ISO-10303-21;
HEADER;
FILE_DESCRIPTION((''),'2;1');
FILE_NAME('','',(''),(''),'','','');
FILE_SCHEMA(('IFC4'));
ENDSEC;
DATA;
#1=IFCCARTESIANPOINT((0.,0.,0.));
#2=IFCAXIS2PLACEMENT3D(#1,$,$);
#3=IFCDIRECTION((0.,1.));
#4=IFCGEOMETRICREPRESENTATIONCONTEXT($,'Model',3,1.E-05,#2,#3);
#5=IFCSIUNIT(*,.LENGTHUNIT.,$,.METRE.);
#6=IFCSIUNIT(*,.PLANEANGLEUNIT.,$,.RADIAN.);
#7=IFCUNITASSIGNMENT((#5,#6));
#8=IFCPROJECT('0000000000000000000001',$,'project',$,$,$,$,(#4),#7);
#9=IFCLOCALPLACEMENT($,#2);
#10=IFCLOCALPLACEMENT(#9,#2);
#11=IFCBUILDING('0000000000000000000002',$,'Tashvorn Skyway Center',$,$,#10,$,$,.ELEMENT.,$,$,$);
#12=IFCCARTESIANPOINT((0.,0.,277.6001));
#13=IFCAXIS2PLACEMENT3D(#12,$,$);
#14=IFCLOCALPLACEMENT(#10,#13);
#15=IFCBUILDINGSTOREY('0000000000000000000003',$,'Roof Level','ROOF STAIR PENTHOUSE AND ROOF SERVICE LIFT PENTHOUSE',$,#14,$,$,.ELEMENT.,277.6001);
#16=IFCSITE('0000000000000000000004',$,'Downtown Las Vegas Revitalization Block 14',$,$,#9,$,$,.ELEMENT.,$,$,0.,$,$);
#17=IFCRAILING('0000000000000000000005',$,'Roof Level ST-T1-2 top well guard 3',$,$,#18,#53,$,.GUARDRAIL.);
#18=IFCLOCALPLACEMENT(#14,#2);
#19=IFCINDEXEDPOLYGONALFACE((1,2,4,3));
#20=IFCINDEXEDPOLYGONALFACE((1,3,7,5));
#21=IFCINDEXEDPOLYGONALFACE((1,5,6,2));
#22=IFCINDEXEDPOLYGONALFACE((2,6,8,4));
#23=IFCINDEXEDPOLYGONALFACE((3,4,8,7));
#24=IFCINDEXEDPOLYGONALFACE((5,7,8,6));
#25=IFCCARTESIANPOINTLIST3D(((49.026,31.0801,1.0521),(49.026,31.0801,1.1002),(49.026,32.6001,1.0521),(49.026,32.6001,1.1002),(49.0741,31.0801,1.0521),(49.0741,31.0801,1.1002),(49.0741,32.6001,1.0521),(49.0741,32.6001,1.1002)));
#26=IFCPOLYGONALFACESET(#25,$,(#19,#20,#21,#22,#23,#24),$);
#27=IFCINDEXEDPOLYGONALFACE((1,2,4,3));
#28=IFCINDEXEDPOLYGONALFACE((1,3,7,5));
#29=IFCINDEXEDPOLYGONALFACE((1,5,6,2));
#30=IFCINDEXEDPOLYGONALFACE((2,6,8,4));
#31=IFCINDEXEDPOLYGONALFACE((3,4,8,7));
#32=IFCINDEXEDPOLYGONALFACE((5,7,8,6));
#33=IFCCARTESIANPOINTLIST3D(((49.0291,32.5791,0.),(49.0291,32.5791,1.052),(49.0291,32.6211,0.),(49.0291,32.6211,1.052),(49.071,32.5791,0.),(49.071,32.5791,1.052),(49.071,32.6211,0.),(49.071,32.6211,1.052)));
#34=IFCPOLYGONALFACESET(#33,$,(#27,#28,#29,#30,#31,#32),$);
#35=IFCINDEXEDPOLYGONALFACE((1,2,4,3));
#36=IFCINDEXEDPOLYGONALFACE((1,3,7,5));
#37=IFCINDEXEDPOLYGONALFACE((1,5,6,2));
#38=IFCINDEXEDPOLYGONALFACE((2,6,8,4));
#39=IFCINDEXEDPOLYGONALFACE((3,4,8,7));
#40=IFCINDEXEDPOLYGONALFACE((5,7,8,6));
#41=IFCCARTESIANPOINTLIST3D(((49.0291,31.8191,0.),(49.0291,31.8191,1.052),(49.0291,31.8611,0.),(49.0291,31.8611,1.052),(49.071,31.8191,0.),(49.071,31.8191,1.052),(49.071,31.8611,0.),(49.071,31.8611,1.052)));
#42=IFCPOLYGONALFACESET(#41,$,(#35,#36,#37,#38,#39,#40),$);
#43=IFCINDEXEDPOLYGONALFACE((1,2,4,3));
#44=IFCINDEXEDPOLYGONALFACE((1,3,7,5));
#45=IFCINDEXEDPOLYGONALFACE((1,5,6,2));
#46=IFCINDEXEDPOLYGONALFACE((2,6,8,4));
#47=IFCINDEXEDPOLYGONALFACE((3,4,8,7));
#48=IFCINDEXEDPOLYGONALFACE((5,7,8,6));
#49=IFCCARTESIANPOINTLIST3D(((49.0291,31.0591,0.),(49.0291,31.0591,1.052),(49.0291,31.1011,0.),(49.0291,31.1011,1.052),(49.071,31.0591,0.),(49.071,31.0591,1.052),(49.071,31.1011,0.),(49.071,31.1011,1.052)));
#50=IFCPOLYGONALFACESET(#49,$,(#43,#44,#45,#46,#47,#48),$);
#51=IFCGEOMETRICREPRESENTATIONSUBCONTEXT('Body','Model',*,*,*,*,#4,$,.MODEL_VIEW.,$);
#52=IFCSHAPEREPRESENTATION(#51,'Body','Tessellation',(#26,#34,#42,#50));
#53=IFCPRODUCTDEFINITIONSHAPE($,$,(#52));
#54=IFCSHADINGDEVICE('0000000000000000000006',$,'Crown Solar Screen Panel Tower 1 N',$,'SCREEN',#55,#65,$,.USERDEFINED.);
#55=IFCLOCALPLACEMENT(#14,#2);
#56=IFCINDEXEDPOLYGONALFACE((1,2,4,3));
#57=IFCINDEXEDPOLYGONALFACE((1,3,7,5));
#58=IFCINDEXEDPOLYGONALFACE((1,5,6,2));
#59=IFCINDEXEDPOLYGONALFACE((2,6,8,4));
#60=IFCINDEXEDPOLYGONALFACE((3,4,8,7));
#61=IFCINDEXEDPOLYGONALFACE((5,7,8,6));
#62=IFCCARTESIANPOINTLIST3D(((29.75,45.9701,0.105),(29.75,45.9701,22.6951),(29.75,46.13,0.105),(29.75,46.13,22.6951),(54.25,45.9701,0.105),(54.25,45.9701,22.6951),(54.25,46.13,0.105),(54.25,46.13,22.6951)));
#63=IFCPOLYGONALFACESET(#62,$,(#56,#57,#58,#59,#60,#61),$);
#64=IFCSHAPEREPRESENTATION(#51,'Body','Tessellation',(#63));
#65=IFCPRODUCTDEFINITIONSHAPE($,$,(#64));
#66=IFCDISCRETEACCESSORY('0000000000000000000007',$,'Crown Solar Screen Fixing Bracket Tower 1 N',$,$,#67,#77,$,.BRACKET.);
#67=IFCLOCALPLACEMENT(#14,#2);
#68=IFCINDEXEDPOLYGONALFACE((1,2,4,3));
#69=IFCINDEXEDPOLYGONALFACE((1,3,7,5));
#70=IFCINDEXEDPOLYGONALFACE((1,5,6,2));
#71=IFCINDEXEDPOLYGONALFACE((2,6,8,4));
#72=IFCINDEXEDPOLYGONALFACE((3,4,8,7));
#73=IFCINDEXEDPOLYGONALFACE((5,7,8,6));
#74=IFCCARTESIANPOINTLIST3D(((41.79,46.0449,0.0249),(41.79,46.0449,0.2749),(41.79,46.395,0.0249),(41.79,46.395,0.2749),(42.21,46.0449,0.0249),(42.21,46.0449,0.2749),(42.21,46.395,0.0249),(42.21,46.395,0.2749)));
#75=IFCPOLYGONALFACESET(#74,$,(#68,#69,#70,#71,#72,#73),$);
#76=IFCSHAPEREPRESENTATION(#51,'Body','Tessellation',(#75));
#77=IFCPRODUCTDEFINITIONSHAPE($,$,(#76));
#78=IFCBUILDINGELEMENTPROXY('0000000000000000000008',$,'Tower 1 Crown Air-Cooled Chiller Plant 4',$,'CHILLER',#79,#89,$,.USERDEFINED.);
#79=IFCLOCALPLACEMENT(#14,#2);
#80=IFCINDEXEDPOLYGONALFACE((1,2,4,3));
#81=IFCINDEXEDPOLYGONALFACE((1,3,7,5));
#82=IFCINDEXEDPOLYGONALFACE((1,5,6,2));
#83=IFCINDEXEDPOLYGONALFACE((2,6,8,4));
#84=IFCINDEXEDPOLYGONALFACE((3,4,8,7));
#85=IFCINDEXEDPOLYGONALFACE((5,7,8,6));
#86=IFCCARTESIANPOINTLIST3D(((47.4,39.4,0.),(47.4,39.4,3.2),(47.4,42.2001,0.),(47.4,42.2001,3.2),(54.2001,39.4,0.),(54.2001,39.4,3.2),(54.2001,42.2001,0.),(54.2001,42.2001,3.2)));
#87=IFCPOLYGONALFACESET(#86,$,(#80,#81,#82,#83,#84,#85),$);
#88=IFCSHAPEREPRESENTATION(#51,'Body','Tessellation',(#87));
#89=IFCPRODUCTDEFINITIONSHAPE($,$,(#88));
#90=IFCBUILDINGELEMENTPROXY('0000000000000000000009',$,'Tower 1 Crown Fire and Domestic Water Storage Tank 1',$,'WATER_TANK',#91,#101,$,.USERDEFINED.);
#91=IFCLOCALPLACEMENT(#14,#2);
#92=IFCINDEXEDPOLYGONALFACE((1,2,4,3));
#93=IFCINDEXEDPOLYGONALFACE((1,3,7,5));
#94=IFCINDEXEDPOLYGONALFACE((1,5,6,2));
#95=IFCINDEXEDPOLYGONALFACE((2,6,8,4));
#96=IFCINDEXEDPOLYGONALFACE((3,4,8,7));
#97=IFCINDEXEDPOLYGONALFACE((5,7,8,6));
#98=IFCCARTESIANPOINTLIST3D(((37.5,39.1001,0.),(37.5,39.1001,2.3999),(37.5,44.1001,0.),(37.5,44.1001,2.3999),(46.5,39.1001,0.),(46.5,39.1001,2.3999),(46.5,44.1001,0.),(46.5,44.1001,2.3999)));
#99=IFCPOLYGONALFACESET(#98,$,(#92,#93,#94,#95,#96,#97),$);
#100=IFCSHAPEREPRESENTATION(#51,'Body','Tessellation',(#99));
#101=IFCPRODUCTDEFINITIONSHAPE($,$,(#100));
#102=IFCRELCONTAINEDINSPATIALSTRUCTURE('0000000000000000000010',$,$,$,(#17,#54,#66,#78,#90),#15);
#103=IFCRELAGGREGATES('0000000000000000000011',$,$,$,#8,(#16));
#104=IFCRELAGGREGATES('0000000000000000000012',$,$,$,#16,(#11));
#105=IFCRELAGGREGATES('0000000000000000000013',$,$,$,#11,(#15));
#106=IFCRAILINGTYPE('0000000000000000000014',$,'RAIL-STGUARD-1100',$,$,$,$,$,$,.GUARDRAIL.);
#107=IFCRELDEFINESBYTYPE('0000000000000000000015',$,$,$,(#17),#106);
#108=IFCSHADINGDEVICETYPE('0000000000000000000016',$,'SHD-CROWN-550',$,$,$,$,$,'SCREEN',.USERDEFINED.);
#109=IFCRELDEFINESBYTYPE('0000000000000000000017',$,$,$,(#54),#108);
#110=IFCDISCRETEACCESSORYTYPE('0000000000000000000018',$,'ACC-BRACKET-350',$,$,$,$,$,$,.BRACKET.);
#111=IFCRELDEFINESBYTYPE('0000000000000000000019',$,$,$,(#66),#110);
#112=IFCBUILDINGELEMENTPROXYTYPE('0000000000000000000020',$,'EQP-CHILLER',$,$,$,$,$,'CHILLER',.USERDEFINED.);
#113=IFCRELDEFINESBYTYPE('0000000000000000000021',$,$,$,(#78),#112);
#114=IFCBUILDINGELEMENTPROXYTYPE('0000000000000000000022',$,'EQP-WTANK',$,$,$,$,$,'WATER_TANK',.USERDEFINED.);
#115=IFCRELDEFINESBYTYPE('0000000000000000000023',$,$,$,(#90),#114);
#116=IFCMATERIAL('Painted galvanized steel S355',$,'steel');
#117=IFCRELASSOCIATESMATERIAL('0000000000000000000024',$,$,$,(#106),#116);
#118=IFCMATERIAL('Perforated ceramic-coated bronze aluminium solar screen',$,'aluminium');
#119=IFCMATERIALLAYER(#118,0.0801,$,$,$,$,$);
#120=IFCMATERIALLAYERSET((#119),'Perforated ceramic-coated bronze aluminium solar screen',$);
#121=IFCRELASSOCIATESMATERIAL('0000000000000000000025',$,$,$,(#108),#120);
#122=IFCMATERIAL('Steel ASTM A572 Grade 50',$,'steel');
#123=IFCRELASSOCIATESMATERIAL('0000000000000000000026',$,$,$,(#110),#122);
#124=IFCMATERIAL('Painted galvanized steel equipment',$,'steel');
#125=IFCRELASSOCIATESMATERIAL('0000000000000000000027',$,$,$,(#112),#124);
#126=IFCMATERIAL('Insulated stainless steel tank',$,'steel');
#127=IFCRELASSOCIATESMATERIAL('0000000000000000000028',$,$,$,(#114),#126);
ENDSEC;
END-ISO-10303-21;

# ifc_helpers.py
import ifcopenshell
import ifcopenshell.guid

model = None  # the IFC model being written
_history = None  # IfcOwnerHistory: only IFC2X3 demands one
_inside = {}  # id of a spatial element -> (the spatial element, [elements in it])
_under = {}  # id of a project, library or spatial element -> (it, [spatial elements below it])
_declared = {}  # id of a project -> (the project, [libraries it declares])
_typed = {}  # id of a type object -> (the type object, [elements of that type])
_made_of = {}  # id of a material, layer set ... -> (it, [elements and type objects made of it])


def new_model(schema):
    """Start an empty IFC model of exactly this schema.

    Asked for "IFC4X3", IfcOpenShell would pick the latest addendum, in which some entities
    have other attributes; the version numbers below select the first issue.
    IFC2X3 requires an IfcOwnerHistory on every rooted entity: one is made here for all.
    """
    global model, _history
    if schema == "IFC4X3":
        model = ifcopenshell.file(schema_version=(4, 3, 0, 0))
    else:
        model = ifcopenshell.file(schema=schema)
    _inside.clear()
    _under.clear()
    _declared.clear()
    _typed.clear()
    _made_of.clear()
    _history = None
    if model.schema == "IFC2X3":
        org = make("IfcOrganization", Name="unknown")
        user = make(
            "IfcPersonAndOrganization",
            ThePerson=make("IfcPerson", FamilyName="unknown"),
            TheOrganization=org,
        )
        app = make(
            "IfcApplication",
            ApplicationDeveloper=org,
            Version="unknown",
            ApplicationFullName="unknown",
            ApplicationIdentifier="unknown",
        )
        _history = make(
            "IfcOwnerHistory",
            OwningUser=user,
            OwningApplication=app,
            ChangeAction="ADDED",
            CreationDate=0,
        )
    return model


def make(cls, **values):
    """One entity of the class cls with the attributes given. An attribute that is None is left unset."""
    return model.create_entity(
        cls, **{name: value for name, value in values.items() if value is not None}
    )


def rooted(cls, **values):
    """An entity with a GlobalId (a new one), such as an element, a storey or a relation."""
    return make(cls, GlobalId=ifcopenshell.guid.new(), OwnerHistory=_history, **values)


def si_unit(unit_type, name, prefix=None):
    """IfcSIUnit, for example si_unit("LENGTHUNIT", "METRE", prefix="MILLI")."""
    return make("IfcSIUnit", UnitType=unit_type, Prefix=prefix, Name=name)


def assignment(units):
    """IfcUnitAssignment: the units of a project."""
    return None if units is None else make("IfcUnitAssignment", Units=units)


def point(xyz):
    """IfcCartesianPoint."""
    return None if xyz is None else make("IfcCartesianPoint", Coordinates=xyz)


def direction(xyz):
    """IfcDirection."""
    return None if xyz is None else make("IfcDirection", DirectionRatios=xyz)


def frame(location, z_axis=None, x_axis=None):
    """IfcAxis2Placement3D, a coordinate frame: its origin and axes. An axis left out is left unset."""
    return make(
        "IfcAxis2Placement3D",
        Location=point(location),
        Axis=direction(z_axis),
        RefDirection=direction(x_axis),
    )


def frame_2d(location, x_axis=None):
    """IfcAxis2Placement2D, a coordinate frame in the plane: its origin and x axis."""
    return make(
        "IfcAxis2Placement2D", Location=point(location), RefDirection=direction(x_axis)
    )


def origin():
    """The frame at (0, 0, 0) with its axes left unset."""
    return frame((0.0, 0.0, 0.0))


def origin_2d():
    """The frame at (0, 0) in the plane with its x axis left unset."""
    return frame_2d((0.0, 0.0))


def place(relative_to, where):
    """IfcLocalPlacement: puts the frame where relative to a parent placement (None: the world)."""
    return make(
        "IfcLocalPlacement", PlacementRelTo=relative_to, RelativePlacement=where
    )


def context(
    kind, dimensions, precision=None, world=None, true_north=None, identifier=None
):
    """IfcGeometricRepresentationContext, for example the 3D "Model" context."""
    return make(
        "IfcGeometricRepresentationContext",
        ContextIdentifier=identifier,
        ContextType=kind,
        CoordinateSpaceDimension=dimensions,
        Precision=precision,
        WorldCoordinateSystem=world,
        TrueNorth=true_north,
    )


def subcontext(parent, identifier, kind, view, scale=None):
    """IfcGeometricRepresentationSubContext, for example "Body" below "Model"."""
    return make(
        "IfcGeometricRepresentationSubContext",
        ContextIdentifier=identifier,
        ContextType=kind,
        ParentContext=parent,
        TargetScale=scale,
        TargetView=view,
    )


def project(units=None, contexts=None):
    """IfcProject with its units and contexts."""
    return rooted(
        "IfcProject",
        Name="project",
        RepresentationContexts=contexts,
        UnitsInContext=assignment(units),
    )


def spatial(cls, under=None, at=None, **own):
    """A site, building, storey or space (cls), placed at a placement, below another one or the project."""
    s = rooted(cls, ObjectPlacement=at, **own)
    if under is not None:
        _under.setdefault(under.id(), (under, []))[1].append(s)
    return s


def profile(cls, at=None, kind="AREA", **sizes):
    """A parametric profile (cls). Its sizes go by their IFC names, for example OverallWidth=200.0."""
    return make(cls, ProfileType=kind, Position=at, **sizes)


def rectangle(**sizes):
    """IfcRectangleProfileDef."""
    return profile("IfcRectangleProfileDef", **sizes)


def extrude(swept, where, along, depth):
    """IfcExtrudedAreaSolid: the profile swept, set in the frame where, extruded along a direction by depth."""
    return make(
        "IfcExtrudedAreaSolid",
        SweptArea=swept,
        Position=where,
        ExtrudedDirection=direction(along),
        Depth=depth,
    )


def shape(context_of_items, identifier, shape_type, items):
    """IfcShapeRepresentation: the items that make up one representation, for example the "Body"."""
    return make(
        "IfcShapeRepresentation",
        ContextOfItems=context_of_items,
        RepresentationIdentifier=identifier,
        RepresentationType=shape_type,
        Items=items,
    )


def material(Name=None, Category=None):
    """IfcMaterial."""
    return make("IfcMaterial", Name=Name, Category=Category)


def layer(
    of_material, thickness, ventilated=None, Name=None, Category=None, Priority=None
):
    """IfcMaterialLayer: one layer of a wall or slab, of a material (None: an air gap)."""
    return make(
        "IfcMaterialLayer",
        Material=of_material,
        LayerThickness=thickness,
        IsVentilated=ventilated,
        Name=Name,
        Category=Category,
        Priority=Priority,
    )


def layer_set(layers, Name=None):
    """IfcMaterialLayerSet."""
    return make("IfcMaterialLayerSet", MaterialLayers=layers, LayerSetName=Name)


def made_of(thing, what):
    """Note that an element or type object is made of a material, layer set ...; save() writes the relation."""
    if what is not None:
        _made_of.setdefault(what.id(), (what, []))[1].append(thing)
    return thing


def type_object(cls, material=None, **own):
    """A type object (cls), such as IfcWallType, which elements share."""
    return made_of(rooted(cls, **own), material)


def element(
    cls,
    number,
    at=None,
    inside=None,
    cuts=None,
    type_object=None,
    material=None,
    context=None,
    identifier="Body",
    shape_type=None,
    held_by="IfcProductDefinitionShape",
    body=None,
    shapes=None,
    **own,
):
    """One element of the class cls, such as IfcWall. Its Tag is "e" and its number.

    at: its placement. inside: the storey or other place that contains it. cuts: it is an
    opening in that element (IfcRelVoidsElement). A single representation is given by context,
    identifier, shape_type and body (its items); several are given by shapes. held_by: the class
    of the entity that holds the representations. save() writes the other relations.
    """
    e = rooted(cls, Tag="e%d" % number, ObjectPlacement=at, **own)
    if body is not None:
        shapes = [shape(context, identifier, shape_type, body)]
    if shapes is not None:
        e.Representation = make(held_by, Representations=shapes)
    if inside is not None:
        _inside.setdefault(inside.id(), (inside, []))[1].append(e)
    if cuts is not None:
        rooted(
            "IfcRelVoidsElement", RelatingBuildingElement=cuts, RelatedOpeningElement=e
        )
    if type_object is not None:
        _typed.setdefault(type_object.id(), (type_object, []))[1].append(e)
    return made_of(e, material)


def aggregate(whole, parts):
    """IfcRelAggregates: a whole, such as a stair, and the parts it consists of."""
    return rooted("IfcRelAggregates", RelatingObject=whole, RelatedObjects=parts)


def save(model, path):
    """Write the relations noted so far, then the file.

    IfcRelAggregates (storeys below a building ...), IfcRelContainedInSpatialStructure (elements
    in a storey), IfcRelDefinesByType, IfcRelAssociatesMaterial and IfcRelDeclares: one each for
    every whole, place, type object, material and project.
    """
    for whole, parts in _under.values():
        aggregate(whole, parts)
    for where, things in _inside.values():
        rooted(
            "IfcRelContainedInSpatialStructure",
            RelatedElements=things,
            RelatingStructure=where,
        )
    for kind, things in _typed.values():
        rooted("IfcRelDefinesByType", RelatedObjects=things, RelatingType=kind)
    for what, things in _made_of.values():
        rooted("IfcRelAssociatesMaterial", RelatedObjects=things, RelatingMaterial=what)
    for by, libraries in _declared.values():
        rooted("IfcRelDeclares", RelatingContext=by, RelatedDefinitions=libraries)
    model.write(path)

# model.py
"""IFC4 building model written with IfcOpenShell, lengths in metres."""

from ifc_helpers import new_model, si_unit, direction, frame, origin, origin_2d, place, context, subcontext, project, spatial, rectangle, extrude, material, layer, layer_set, type_object, element, save


model = new_model("IFC4")

# Units and contexts
model_context = context("Model", 3, precision=1e-05, world=origin(), true_north=direction((0.0, 1.0)))
body_context = subcontext(model_context, "Body", "Model", "MODEL_VIEW")
ifc_project = project(units=[si_unit("LENGTHUNIT", "METRE"), si_unit("PLANEANGLEUNIT", "RADIAN")], contexts=[model_context])

# Site, building, storey
site_placement = place(None, origin())
site = spatial("IfcSite", under=ifc_project, at=site_placement, Name="Downtown Las Vegas Revitalization Block 14", CompositionType="ELEMENT", RefElevation=0.0)
building_placement = place(site_placement, origin())
building = spatial("IfcBuilding", under=site, at=building_placement, Name="Tashvorn Skyway Center", CompositionType="ELEMENT")
storey_placement = place(building_placement, frame((0.0, 0.0, 277.6001)))
storey = spatial("IfcBuildingStorey", under=building, at=storey_placement, Name="Roof Level", Description="ROOF STAIR PENTHOUSE AND ROOF SERVICE LIFT PENTHOUSE", CompositionType="ELEMENT", Elevation=277.6001)

# Shared definitions
ifc_material_1 = material(Name="Steel ASTM A572 Grade 50", Category="steel")

# Shared definitions
ifc_material_2 = material(Name="Perforated ceramic-coated bronze aluminium solar screen", Category="aluminium")

# Railing
ifc_material_3 = material(Name="Painted galvanized steel S355", Category="steel")
railing_type_1 = type_object("IfcRailingType", Name="RAIL-STGUARD-1100", PredefinedType="GUARDRAIL", material=ifc_material_3)
railing_1_placement = place(storey_placement, frame((49.05, 32.6001, 0.0)))
element("IfcRailing", 1, at=railing_1_placement, inside=storey, type_object=railing_type_1, Name="Roof Level ST-T1-2 top well guard 3", PredefinedType="GUARDRAIL", context=body_context, shape_type="SweptSolid", body=[
    extrude(rectangle(XDim=0.0481, YDim=0.0481, at=origin_2d()), frame((0.0, 0.0, 1.0762), z_axis=(0.0, -1.0, 0.0), x_axis=(1.0, 0.0, 0.0)), (0.0, 0.0, 1.0), 1.52),
    extrude(rectangle(XDim=0.042, YDim=0.042, at=origin_2d()), origin(), (0.0, 0.0, 1.0), 1.052),
    extrude(rectangle(XDim=0.042, YDim=0.042, at=origin_2d()), frame((0.0, -0.76, 0.0)), (0.0, 0.0, 1.0), 1.052),
    extrude(rectangle(XDim=0.042, YDim=0.042, at=origin_2d()), frame((0.0, -1.52, 0.0)), (0.0, 0.0, 1.0), 1.052),
])

# Shading device
ifc_layer_1 = layer(ifc_material_2, 0.0801)
ifc_layer_set_1 = layer_set([ifc_layer_1], Name="Perforated ceramic-coated bronze aluminium solar screen")
shading_device_type = type_object("IfcShadingDeviceType", Name="SHD-CROWN-550", ElementType="SCREEN", PredefinedType="USERDEFINED", material=ifc_layer_set_1)
shading_device_placement = place(storey_placement, frame((42.0, 46.05, 0.105), z_axis=(0.0, 0.0, 1.0), x_axis=(-1.0, 0.0, 0.0)))
element("IfcShadingDevice", 2, at=shading_device_placement, inside=storey, type_object=shading_device_type, Name="Crown Solar Screen Panel Tower 1 N", ObjectType="SCREEN", PredefinedType="USERDEFINED", context=body_context, shape_type="SweptSolid", body=[
    extrude(rectangle(XDim=24.5, YDim=0.1599, at=origin_2d()), origin(), (0.0, 0.0, 1.0), 22.5901),
])

# Discrete accessory
discrete_accessory_type = type_object("IfcDiscreteAccessoryType", Name="ACC-BRACKET-350", PredefinedType="BRACKET", material=ifc_material_1)
discrete_accessory_placement = place(storey_placement, frame((42.0, 46.22, 0.0249), z_axis=(0.0, 0.0, 1.0), x_axis=(-1.0, 0.0, 0.0)))
element("IfcDiscreteAccessory", 3, at=discrete_accessory_placement, inside=storey, type_object=discrete_accessory_type, Name="Crown Solar Screen Fixing Bracket Tower 1 N", PredefinedType="BRACKET", context=body_context, shape_type="SweptSolid", body=[
    extrude(rectangle(XDim=0.4199, YDim=0.3501, at=origin_2d()), origin(), (0.0, 0.0, 1.0), 0.25),
])

# Building element proxies
ifc_material_4 = material(Name="Painted galvanized steel equipment", Category="steel")
building_element_proxy_type_1 = type_object("IfcBuildingElementProxyType", Name="EQP-CHILLER", ElementType="CHILLER", PredefinedType="USERDEFINED", material=ifc_material_4)
proxy_1_placement = place(storey_placement, frame((50.8, 40.8, 0.0), z_axis=(0.0, 0.0, 1.0), x_axis=(1.0, 0.0, 0.0)))
element("IfcBuildingElementProxy", 4, at=proxy_1_placement, inside=storey, type_object=building_element_proxy_type_1, Name="Tower 1 Crown Air-Cooled Chiller Plant 4", ObjectType="CHILLER", PredefinedType="USERDEFINED", context=body_context, shape_type="SweptSolid", body=[
    extrude(rectangle(XDim=6.8, YDim=2.8, at=origin_2d()), origin(), (0.0, 0.0, 1.0), 3.2),
])
ifc_material_5 = material(Name="Insulated stainless steel tank", Category="steel")
building_element_proxy_type_2 = type_object("IfcBuildingElementProxyType", Name="EQP-WTANK", ElementType="WATER_TANK", PredefinedType="USERDEFINED", material=ifc_material_5)
proxy_2_placement = place(storey_placement, frame((42.0, 41.6001, 0.0), z_axis=(0.0, 0.0, 1.0), x_axis=(1.0, 0.0, 0.0)))
element("IfcBuildingElementProxy", 5, at=proxy_2_placement, inside=storey, type_object=building_element_proxy_type_2, Name="Tower 1 Crown Fire and Domestic Water Storage Tank 1", ObjectType="WATER_TANK", PredefinedType="USERDEFINED", context=body_context, shape_type="SweptSolid", body=[
    extrude(rectangle(XDim=9.0, YDim=5.0, at=origin_2d()), origin(), (0.0, 0.0, 1.0), 2.3999),
])

save(model, "model.ifc")
